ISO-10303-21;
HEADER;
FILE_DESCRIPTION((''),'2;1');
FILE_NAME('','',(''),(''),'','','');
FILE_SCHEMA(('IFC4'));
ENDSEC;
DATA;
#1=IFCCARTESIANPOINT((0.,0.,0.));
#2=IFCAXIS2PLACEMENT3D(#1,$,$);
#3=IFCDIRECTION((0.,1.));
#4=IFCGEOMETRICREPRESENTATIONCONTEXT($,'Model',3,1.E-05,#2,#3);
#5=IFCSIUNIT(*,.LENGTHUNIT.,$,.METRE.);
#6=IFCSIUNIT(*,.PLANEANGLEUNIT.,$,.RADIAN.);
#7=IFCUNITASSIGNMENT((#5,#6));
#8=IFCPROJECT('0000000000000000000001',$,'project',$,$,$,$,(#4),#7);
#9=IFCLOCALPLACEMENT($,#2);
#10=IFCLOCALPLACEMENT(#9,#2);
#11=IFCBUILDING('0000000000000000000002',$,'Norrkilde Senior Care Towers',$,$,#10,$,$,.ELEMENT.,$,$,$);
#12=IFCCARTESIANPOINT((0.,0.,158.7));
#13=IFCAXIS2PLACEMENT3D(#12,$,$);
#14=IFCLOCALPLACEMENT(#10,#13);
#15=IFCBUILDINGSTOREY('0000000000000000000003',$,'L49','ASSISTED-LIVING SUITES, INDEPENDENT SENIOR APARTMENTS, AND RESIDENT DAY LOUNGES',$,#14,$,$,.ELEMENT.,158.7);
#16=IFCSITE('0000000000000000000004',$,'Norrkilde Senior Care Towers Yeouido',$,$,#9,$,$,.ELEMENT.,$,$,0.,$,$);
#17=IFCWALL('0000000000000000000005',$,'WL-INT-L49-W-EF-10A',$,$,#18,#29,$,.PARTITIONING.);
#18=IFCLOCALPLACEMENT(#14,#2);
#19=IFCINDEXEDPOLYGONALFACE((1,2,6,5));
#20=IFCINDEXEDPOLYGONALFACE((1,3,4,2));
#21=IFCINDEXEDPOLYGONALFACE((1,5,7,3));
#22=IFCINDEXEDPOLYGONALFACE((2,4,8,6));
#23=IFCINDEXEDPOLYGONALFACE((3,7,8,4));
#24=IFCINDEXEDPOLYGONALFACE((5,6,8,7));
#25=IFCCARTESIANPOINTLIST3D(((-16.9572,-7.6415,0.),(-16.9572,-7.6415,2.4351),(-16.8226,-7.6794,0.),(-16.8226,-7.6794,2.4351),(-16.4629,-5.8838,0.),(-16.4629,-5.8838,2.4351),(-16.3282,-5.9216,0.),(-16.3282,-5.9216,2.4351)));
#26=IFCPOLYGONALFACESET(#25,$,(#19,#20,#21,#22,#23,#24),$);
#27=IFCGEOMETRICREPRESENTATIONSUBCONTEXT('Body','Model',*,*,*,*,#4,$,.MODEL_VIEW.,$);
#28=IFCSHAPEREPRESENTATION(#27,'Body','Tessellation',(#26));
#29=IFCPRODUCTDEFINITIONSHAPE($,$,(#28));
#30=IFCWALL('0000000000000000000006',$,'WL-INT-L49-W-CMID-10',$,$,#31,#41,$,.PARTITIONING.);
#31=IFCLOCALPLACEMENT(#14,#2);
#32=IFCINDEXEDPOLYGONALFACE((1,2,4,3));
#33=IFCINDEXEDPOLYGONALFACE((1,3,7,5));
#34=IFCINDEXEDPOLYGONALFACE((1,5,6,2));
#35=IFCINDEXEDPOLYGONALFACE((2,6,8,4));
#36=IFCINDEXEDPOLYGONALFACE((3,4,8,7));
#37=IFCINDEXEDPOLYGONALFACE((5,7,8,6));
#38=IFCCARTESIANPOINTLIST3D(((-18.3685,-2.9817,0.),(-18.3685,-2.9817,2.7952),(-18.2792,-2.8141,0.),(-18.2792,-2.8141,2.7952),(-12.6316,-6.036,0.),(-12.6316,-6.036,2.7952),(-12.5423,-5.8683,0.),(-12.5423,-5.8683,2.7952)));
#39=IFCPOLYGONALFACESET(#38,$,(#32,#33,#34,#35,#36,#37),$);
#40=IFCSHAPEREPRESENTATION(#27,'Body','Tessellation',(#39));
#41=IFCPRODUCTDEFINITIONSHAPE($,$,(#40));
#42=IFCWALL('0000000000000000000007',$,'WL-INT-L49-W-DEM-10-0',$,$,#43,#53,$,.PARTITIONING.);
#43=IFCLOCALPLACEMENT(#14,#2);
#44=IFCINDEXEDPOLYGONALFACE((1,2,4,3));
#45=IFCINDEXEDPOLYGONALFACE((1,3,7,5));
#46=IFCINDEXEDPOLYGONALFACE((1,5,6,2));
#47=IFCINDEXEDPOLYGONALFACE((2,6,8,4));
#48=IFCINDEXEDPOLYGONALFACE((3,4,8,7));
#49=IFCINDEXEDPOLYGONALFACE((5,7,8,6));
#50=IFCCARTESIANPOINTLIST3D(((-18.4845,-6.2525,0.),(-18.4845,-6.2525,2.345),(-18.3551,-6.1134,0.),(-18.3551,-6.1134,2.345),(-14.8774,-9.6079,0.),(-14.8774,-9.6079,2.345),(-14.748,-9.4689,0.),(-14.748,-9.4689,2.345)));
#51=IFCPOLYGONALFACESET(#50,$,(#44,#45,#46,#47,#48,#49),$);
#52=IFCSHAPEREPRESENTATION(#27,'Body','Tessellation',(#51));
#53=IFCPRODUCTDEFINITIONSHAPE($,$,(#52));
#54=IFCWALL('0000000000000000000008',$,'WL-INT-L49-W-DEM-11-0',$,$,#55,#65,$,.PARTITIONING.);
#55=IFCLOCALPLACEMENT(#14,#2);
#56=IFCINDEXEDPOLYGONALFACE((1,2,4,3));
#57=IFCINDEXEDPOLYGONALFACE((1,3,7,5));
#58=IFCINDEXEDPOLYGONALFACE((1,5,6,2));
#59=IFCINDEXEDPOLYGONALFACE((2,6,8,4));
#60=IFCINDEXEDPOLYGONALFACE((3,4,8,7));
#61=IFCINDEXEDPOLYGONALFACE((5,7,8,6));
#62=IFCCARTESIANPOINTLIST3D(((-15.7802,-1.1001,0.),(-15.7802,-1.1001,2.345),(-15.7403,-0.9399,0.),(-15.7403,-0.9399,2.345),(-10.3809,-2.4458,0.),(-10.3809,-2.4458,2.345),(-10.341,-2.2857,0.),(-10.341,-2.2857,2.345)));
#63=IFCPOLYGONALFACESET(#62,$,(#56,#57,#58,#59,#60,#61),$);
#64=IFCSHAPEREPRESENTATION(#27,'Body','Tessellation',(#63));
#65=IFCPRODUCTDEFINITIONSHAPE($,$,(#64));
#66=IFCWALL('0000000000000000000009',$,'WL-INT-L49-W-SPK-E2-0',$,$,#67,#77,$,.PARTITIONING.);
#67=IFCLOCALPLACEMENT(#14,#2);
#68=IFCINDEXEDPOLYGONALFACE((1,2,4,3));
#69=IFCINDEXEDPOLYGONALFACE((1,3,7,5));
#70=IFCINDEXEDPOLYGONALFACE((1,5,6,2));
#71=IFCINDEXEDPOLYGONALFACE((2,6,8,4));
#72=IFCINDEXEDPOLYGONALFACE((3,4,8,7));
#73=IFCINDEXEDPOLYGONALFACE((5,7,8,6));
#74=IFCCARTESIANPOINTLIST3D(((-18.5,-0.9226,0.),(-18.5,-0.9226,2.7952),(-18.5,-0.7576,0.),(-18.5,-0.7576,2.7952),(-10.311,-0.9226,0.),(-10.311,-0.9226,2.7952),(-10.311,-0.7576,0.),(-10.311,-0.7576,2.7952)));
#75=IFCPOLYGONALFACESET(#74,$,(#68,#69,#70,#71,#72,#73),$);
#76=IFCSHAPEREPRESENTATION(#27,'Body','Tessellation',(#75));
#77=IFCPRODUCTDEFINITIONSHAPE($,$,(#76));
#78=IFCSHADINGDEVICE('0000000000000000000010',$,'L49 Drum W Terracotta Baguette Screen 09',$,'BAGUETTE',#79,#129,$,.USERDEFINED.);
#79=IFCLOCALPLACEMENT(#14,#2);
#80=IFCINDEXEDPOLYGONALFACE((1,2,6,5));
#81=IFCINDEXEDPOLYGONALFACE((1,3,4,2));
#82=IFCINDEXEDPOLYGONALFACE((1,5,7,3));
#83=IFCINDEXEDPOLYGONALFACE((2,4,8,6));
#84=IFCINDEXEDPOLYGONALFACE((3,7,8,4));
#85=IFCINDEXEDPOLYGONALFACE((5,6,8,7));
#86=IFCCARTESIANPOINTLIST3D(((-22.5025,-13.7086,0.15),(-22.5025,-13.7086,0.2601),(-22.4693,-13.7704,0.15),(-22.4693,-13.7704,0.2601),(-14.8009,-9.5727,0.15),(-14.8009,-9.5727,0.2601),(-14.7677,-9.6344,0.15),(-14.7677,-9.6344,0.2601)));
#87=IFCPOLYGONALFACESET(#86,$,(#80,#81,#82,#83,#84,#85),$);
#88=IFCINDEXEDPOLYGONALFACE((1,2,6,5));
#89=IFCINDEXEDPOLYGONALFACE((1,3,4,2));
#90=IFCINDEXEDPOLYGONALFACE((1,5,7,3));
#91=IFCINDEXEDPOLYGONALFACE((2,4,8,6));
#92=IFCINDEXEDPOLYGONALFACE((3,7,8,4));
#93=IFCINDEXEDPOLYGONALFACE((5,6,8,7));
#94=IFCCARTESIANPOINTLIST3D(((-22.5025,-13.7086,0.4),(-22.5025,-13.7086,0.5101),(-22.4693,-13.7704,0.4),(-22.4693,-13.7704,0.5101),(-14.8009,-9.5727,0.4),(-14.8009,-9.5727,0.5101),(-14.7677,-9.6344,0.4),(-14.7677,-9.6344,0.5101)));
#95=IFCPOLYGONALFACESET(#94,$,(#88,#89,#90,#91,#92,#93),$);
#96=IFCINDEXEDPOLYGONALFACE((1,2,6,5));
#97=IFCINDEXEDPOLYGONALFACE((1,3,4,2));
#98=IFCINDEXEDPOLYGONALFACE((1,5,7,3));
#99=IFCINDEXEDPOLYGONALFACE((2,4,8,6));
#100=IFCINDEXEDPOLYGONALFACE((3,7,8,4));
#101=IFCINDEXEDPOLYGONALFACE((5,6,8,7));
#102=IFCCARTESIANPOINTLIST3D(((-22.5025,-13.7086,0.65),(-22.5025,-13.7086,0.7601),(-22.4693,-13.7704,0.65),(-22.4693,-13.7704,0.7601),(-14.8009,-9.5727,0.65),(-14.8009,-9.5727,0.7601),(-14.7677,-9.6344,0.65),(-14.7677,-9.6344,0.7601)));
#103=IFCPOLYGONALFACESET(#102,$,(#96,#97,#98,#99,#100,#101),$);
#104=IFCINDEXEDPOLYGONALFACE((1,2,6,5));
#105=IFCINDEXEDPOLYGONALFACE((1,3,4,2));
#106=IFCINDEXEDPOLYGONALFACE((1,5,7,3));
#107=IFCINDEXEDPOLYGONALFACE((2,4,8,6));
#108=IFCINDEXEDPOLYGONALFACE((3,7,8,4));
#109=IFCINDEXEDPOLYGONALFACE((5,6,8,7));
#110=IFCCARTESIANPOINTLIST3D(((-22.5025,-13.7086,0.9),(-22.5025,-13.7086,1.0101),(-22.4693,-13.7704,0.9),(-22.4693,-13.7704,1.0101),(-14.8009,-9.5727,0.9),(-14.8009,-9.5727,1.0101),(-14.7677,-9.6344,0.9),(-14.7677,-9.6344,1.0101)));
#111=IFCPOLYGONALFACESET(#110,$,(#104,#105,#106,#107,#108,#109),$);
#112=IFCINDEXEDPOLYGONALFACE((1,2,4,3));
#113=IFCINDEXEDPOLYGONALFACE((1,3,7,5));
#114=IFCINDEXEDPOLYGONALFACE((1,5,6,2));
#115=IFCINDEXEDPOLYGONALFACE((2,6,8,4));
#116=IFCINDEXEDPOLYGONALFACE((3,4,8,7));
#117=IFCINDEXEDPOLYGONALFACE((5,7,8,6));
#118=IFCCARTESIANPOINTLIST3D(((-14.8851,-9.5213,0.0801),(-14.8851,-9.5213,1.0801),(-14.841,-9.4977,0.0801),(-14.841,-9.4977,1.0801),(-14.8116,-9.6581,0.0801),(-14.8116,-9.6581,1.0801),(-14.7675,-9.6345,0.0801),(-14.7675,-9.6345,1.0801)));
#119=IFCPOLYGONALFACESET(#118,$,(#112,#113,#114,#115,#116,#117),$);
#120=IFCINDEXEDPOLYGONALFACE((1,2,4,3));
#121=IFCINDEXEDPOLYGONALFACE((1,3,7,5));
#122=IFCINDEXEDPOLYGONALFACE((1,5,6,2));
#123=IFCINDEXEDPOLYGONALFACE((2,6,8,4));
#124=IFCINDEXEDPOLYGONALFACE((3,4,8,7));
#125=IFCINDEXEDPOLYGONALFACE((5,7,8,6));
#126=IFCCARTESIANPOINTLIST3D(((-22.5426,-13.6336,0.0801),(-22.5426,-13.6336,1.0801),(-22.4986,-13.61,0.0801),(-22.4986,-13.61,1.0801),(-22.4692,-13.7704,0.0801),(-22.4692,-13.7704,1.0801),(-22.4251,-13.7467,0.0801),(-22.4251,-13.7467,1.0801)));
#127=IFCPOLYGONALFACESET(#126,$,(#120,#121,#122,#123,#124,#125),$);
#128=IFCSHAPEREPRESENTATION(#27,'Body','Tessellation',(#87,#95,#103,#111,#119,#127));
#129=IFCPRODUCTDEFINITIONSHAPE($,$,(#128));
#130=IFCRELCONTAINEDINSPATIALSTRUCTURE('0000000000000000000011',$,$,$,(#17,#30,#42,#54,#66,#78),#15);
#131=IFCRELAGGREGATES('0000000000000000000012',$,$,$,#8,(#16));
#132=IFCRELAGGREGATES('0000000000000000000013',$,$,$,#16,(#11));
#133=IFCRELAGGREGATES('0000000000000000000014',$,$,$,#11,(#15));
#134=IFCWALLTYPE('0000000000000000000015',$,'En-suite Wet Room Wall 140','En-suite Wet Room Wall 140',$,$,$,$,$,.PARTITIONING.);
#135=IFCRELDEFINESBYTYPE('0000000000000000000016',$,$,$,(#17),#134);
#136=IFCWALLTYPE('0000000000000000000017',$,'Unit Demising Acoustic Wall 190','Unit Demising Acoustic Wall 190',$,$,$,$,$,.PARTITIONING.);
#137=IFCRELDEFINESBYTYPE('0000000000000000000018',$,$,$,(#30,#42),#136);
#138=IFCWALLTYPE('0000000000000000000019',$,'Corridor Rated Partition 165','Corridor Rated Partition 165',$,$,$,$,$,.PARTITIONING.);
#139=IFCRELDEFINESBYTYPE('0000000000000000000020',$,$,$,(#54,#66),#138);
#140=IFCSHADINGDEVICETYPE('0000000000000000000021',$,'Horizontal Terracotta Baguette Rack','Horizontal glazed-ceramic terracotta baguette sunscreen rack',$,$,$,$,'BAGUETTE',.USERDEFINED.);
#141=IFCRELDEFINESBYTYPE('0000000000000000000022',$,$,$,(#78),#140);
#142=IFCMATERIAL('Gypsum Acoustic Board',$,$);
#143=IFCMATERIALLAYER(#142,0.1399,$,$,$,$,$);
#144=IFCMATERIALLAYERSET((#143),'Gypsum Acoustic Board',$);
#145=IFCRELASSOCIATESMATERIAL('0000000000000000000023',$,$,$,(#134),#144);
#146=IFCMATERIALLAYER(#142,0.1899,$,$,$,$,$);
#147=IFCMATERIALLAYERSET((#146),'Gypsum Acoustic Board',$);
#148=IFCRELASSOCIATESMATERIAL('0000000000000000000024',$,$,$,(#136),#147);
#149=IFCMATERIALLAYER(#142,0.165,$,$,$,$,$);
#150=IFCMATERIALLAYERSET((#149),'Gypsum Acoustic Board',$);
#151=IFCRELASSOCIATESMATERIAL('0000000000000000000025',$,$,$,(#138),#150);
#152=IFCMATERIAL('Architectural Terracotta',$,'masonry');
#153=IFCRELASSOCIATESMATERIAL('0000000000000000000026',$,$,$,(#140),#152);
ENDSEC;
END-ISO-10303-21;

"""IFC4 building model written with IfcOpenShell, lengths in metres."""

from ifc_helpers import new_model, si_unit, direction, frame, frame_2d, origin, origin_2d, place, context, subcontext, project, spatial, rectangle, extrude, source, transform, mapped, material, layer, layer_set, type_object, type_shapes, element, save


model = new_model("IFC4")

# Units and contexts
model_context = context("Model", 3, precision=1e-05, world=origin(), true_north=direction((0.0, 1.0)))
body_context = subcontext(model_context, "Body", "Model", "MODEL_VIEW")
ifc_project = project(units=[si_unit("LENGTHUNIT", "METRE"), si_unit("PLANEANGLEUNIT", "RADIAN")], contexts=[model_context])

# Site, building, storey
site_placement = place(None, origin())
site = spatial("IfcSite", under=ifc_project, at=site_placement, Name="Norrkilde Senior Care Towers Yeouido", CompositionType="ELEMENT", RefElevation=0.0)
building_placement = place(site_placement, origin())
building = spatial("IfcBuilding", under=site, at=building_placement, Name="Norrkilde Senior Care Towers", CompositionType="ELEMENT")
storey_placement = place(building_placement, frame((0.0, 0.0, 158.7)))
storey = spatial("IfcBuildingStorey", under=building, at=storey_placement, Name="L49", Description="ASSISTED-LIVING SUITES, INDEPENDENT SENIOR APARTMENTS, AND RESIDENT DAY LOUNGES", CompositionType="ELEMENT", Elevation=158.7)

# Walls
ifc_material_1 = material(Name="Gypsum Acoustic Board")
ifc_layer_1 = layer(ifc_material_1, 0.1399)
ifc_layer_set_1 = layer_set([ifc_layer_1], Name="Gypsum Acoustic Board")
wall_type_1 = type_object("IfcWallType", Name="En-suite Wet Room Wall 140", Description="En-suite Wet Room Wall 140", PredefinedType="PARTITIONING", material=ifc_layer_set_1)
shared_shape_1 = source(origin(), body_context, "Body", "SweptSolid", [
    extrude(rectangle(XDim=1.8259, YDim=0.1399, at=frame_2d((0.9131, 0.0))), origin(), (0.0, 0.0, 1.0), 2.4351),
])
type_shapes(wall_type_1, [shared_shape_1])
wall_1_placement = place(storey_placement, frame((-16.3955, -5.9026, 0.0), z_axis=(0.0, 0.0, 1.0), x_axis=(-0.270746, -0.962651, 0.0)))
element("IfcWall", 1, at=wall_1_placement, inside=storey, type_object=wall_type_1, Name="WL-INT-L49-W-EF-10A", PredefinedType="PARTITIONING", context=body_context, shape_type="MappedRepresentation", body=[
    mapped(shared_shape_1, transform((0.0, 0.0, 0.0), x_axis=(1.0, 0.0, 0.0), y_axis=(0.0, 1.0, 0.0), z_axis=(0.0, 0.0, 1.0), scale=1.0)),
])
ifc_layer_2 = layer(ifc_material_1, 0.1899)
ifc_layer_set_2 = layer_set([ifc_layer_2], Name="Gypsum Acoustic Board")
wall_type_2 = type_object("IfcWallType", Name="Unit Demising Acoustic Wall 190", Description="Unit Demising Acoustic Wall 190", PredefinedType="PARTITIONING", material=ifc_layer_set_2)
shared_shape_2 = source(origin(), body_context, "Body", "SweptSolid", [
    extrude(rectangle(XDim=6.4993, YDim=0.1899, at=frame_2d((3.2495, 0.0))), origin(), (0.0, 0.0, 1.0), 2.7952),
])
wall_2_placement = place(storey_placement, frame((-18.3237, -2.8979, 0.0), z_axis=(0.0, 0.0, 1.0), x_axis=(0.8827, -0.469937, 0.0)))
element("IfcWall", 2, at=wall_2_placement, inside=storey, type_object=wall_type_2, Name="WL-INT-L49-W-CMID-10", PredefinedType="PARTITIONING", context=body_context, shape_type="MappedRepresentation", body=[
    mapped(shared_shape_2, transform((0.0, 0.0, 0.0), x_axis=(1.0, 0.0, 0.0), y_axis=(0.0, 1.0, 0.0), z_axis=(0.0, 0.0, 1.0), scale=1.0)),
])
shared_shape_3 = source(origin(), body_context, "Body", "SweptSolid", [
    extrude(rectangle(XDim=4.9265, YDim=0.1899, at=frame_2d((2.4634, 0.0))), origin(), (0.0, 0.0, 1.0), 2.345),
])
type_shapes(wall_type_2, [shared_shape_2, shared_shape_3])
wall_3_placement = place(storey_placement, frame((-18.4199, -6.1829, 0.0), z_axis=(0.0, 0.0, 1.0), x_axis=(0.732191, -0.681099, 0.0)))
element("IfcWall", 3, at=wall_3_placement, inside=storey, type_object=wall_type_2, Name="WL-INT-L49-W-DEM-10-0", PredefinedType="PARTITIONING", context=body_context, shape_type="MappedRepresentation", body=[
    mapped(shared_shape_3, transform((0.0, 0.0, 0.0), x_axis=(1.0, 0.0, 0.0), y_axis=(0.0, 1.0, 0.0), z_axis=(0.0, 0.0, 1.0), scale=1.0)),
])
ifc_layer_3 = layer(ifc_material_1, 0.165)
ifc_layer_set_3 = layer_set([ifc_layer_3], Name="Gypsum Acoustic Board")
wall_type_3 = type_object("IfcWallType", Name="Corridor Rated Partition 165", Description="Corridor Rated Partition 165", PredefinedType="PARTITIONING", material=ifc_layer_set_3)
shared_shape_4 = source(origin(), body_context, "Body", "SweptSolid", [
    extrude(rectangle(XDim=5.5645, YDim=0.165, at=frame_2d((2.7822, 0.0))), origin(), (0.0, 0.0, 1.0), 2.345),
])
wall_4_placement = place(storey_placement, frame((-15.7603, -1.02, 0.0), z_axis=(0.0, 0.0, 1.0), x_axis=(0.970315, -0.241844, 0.0)))
element("IfcWall", 4, at=wall_4_placement, inside=storey, type_object=wall_type_3, Name="WL-INT-L49-W-DEM-11-0", PredefinedType="PARTITIONING", context=body_context, shape_type="MappedRepresentation", body=[
    mapped(shared_shape_4, transform((0.0, 0.0, 0.0), x_axis=(1.0, 0.0, 0.0), y_axis=(0.0, 1.0, 0.0), z_axis=(0.0, 0.0, 1.0), scale=1.0)),
])
shared_shape_5 = source(origin(), body_context, "Body", "SweptSolid", [
    extrude(rectangle(XDim=8.189, YDim=0.165, at=frame_2d((4.0945, 0.0))), origin(), (0.0, 0.0, 1.0), 2.7952),
])
type_shapes(wall_type_3, [shared_shape_4, shared_shape_5])
wall_5_placement = place(storey_placement, frame((-10.311, -0.8401, 0.0), z_axis=(0.0, 0.0, 1.0), x_axis=(-1.0, 0.0, 0.0)))
element("IfcWall", 5, at=wall_5_placement, inside=storey, type_object=wall_type_3, Name="WL-INT-L49-W-SPK-E2-0", PredefinedType="PARTITIONING", context=body_context, shape_type="MappedRepresentation", body=[
    mapped(shared_shape_5, transform((0.0, 0.0, 0.0), x_axis=(1.0, 0.0, 0.0), y_axis=(0.0, 1.0, 0.0), z_axis=(0.0, 0.0, 1.0), scale=1.0)),
])

# Shading device
ifc_material_2 = material(Name="Architectural Terracotta", Category="masonry")
shading_device_type = type_object("IfcShadingDeviceType", Name="Horizontal Terracotta Baguette Rack", Description="Horizontal glazed-ceramic terracotta baguette sunscreen rack", ElementType="BAGUETTE", PredefinedType="USERDEFINED", material=ifc_material_2)
shared_shape_6 = source(origin(), body_context, "Body", "SweptSolid", [
    extrude(rectangle(XDim=0.0701, YDim=0.1101, at=origin_2d()), frame((0.0, 0.0901, 0.125), z_axis=(1.0, 0.0, 0.0), x_axis=(0.0, 1.0, 0.0)), (0.0, 0.0, 1.0), 8.7419),
    extrude(rectangle(XDim=0.0701, YDim=0.1101, at=origin_2d()), frame((0.0, 0.0901, 0.375), z_axis=(1.0, 0.0, 0.0), x_axis=(0.0, 1.0, 0.0)), (0.0, 0.0, 1.0), 8.7419),
    extrude(rectangle(XDim=0.0701, YDim=0.1101, at=origin_2d()), frame((0.0, 0.0901, 0.625), z_axis=(1.0, 0.0, 0.0), x_axis=(0.0, 1.0, 0.0)), (0.0, 0.0, 1.0), 8.7419),
    extrude(rectangle(XDim=0.0701, YDim=0.1101, at=origin_2d()), frame((0.0, 0.0901, 0.875), z_axis=(1.0, 0.0, 0.0), x_axis=(0.0, 1.0, 0.0)), (0.0, 0.0, 1.0), 8.7419),
    extrude(rectangle(XDim=0.05, YDim=0.1553, at=origin_2d()), frame((0.0249, 0.0476, 0.0)), (0.0, 0.0, 1.0), 1.0),
    extrude(rectangle(XDim=0.05, YDim=0.1553, at=origin_2d()), frame((8.7168, 0.0476, 0.0)), (0.0, 0.0, 1.0), 1.0),
])
type_shapes(shading_device_type, [shared_shape_6])
shading_device_placement = place(storey_placement, frame((-14.8269, -9.5242, 0.0801), z_axis=(0.0, 0.0, 1.0), x_axis=(-0.881001, -0.47312, 0.0)))
element("IfcShadingDevice", 6, at=shading_device_placement, inside=storey, type_object=shading_device_type, Name="L49 Drum W Terracotta Baguette Screen 09", ObjectType="BAGUETTE", PredefinedType="USERDEFINED", context=body_context, shape_type="MappedRepresentation", body=[
    mapped(shared_shape_6, transform((0.0, 0.0, 0.0), x_axis=(1.0, 0.0, 0.0), y_axis=(0.0, 1.0, 0.0), z_axis=(0.0, 0.0, 1.0), scale=1.0)),
])

save(model, "model.ifc")
